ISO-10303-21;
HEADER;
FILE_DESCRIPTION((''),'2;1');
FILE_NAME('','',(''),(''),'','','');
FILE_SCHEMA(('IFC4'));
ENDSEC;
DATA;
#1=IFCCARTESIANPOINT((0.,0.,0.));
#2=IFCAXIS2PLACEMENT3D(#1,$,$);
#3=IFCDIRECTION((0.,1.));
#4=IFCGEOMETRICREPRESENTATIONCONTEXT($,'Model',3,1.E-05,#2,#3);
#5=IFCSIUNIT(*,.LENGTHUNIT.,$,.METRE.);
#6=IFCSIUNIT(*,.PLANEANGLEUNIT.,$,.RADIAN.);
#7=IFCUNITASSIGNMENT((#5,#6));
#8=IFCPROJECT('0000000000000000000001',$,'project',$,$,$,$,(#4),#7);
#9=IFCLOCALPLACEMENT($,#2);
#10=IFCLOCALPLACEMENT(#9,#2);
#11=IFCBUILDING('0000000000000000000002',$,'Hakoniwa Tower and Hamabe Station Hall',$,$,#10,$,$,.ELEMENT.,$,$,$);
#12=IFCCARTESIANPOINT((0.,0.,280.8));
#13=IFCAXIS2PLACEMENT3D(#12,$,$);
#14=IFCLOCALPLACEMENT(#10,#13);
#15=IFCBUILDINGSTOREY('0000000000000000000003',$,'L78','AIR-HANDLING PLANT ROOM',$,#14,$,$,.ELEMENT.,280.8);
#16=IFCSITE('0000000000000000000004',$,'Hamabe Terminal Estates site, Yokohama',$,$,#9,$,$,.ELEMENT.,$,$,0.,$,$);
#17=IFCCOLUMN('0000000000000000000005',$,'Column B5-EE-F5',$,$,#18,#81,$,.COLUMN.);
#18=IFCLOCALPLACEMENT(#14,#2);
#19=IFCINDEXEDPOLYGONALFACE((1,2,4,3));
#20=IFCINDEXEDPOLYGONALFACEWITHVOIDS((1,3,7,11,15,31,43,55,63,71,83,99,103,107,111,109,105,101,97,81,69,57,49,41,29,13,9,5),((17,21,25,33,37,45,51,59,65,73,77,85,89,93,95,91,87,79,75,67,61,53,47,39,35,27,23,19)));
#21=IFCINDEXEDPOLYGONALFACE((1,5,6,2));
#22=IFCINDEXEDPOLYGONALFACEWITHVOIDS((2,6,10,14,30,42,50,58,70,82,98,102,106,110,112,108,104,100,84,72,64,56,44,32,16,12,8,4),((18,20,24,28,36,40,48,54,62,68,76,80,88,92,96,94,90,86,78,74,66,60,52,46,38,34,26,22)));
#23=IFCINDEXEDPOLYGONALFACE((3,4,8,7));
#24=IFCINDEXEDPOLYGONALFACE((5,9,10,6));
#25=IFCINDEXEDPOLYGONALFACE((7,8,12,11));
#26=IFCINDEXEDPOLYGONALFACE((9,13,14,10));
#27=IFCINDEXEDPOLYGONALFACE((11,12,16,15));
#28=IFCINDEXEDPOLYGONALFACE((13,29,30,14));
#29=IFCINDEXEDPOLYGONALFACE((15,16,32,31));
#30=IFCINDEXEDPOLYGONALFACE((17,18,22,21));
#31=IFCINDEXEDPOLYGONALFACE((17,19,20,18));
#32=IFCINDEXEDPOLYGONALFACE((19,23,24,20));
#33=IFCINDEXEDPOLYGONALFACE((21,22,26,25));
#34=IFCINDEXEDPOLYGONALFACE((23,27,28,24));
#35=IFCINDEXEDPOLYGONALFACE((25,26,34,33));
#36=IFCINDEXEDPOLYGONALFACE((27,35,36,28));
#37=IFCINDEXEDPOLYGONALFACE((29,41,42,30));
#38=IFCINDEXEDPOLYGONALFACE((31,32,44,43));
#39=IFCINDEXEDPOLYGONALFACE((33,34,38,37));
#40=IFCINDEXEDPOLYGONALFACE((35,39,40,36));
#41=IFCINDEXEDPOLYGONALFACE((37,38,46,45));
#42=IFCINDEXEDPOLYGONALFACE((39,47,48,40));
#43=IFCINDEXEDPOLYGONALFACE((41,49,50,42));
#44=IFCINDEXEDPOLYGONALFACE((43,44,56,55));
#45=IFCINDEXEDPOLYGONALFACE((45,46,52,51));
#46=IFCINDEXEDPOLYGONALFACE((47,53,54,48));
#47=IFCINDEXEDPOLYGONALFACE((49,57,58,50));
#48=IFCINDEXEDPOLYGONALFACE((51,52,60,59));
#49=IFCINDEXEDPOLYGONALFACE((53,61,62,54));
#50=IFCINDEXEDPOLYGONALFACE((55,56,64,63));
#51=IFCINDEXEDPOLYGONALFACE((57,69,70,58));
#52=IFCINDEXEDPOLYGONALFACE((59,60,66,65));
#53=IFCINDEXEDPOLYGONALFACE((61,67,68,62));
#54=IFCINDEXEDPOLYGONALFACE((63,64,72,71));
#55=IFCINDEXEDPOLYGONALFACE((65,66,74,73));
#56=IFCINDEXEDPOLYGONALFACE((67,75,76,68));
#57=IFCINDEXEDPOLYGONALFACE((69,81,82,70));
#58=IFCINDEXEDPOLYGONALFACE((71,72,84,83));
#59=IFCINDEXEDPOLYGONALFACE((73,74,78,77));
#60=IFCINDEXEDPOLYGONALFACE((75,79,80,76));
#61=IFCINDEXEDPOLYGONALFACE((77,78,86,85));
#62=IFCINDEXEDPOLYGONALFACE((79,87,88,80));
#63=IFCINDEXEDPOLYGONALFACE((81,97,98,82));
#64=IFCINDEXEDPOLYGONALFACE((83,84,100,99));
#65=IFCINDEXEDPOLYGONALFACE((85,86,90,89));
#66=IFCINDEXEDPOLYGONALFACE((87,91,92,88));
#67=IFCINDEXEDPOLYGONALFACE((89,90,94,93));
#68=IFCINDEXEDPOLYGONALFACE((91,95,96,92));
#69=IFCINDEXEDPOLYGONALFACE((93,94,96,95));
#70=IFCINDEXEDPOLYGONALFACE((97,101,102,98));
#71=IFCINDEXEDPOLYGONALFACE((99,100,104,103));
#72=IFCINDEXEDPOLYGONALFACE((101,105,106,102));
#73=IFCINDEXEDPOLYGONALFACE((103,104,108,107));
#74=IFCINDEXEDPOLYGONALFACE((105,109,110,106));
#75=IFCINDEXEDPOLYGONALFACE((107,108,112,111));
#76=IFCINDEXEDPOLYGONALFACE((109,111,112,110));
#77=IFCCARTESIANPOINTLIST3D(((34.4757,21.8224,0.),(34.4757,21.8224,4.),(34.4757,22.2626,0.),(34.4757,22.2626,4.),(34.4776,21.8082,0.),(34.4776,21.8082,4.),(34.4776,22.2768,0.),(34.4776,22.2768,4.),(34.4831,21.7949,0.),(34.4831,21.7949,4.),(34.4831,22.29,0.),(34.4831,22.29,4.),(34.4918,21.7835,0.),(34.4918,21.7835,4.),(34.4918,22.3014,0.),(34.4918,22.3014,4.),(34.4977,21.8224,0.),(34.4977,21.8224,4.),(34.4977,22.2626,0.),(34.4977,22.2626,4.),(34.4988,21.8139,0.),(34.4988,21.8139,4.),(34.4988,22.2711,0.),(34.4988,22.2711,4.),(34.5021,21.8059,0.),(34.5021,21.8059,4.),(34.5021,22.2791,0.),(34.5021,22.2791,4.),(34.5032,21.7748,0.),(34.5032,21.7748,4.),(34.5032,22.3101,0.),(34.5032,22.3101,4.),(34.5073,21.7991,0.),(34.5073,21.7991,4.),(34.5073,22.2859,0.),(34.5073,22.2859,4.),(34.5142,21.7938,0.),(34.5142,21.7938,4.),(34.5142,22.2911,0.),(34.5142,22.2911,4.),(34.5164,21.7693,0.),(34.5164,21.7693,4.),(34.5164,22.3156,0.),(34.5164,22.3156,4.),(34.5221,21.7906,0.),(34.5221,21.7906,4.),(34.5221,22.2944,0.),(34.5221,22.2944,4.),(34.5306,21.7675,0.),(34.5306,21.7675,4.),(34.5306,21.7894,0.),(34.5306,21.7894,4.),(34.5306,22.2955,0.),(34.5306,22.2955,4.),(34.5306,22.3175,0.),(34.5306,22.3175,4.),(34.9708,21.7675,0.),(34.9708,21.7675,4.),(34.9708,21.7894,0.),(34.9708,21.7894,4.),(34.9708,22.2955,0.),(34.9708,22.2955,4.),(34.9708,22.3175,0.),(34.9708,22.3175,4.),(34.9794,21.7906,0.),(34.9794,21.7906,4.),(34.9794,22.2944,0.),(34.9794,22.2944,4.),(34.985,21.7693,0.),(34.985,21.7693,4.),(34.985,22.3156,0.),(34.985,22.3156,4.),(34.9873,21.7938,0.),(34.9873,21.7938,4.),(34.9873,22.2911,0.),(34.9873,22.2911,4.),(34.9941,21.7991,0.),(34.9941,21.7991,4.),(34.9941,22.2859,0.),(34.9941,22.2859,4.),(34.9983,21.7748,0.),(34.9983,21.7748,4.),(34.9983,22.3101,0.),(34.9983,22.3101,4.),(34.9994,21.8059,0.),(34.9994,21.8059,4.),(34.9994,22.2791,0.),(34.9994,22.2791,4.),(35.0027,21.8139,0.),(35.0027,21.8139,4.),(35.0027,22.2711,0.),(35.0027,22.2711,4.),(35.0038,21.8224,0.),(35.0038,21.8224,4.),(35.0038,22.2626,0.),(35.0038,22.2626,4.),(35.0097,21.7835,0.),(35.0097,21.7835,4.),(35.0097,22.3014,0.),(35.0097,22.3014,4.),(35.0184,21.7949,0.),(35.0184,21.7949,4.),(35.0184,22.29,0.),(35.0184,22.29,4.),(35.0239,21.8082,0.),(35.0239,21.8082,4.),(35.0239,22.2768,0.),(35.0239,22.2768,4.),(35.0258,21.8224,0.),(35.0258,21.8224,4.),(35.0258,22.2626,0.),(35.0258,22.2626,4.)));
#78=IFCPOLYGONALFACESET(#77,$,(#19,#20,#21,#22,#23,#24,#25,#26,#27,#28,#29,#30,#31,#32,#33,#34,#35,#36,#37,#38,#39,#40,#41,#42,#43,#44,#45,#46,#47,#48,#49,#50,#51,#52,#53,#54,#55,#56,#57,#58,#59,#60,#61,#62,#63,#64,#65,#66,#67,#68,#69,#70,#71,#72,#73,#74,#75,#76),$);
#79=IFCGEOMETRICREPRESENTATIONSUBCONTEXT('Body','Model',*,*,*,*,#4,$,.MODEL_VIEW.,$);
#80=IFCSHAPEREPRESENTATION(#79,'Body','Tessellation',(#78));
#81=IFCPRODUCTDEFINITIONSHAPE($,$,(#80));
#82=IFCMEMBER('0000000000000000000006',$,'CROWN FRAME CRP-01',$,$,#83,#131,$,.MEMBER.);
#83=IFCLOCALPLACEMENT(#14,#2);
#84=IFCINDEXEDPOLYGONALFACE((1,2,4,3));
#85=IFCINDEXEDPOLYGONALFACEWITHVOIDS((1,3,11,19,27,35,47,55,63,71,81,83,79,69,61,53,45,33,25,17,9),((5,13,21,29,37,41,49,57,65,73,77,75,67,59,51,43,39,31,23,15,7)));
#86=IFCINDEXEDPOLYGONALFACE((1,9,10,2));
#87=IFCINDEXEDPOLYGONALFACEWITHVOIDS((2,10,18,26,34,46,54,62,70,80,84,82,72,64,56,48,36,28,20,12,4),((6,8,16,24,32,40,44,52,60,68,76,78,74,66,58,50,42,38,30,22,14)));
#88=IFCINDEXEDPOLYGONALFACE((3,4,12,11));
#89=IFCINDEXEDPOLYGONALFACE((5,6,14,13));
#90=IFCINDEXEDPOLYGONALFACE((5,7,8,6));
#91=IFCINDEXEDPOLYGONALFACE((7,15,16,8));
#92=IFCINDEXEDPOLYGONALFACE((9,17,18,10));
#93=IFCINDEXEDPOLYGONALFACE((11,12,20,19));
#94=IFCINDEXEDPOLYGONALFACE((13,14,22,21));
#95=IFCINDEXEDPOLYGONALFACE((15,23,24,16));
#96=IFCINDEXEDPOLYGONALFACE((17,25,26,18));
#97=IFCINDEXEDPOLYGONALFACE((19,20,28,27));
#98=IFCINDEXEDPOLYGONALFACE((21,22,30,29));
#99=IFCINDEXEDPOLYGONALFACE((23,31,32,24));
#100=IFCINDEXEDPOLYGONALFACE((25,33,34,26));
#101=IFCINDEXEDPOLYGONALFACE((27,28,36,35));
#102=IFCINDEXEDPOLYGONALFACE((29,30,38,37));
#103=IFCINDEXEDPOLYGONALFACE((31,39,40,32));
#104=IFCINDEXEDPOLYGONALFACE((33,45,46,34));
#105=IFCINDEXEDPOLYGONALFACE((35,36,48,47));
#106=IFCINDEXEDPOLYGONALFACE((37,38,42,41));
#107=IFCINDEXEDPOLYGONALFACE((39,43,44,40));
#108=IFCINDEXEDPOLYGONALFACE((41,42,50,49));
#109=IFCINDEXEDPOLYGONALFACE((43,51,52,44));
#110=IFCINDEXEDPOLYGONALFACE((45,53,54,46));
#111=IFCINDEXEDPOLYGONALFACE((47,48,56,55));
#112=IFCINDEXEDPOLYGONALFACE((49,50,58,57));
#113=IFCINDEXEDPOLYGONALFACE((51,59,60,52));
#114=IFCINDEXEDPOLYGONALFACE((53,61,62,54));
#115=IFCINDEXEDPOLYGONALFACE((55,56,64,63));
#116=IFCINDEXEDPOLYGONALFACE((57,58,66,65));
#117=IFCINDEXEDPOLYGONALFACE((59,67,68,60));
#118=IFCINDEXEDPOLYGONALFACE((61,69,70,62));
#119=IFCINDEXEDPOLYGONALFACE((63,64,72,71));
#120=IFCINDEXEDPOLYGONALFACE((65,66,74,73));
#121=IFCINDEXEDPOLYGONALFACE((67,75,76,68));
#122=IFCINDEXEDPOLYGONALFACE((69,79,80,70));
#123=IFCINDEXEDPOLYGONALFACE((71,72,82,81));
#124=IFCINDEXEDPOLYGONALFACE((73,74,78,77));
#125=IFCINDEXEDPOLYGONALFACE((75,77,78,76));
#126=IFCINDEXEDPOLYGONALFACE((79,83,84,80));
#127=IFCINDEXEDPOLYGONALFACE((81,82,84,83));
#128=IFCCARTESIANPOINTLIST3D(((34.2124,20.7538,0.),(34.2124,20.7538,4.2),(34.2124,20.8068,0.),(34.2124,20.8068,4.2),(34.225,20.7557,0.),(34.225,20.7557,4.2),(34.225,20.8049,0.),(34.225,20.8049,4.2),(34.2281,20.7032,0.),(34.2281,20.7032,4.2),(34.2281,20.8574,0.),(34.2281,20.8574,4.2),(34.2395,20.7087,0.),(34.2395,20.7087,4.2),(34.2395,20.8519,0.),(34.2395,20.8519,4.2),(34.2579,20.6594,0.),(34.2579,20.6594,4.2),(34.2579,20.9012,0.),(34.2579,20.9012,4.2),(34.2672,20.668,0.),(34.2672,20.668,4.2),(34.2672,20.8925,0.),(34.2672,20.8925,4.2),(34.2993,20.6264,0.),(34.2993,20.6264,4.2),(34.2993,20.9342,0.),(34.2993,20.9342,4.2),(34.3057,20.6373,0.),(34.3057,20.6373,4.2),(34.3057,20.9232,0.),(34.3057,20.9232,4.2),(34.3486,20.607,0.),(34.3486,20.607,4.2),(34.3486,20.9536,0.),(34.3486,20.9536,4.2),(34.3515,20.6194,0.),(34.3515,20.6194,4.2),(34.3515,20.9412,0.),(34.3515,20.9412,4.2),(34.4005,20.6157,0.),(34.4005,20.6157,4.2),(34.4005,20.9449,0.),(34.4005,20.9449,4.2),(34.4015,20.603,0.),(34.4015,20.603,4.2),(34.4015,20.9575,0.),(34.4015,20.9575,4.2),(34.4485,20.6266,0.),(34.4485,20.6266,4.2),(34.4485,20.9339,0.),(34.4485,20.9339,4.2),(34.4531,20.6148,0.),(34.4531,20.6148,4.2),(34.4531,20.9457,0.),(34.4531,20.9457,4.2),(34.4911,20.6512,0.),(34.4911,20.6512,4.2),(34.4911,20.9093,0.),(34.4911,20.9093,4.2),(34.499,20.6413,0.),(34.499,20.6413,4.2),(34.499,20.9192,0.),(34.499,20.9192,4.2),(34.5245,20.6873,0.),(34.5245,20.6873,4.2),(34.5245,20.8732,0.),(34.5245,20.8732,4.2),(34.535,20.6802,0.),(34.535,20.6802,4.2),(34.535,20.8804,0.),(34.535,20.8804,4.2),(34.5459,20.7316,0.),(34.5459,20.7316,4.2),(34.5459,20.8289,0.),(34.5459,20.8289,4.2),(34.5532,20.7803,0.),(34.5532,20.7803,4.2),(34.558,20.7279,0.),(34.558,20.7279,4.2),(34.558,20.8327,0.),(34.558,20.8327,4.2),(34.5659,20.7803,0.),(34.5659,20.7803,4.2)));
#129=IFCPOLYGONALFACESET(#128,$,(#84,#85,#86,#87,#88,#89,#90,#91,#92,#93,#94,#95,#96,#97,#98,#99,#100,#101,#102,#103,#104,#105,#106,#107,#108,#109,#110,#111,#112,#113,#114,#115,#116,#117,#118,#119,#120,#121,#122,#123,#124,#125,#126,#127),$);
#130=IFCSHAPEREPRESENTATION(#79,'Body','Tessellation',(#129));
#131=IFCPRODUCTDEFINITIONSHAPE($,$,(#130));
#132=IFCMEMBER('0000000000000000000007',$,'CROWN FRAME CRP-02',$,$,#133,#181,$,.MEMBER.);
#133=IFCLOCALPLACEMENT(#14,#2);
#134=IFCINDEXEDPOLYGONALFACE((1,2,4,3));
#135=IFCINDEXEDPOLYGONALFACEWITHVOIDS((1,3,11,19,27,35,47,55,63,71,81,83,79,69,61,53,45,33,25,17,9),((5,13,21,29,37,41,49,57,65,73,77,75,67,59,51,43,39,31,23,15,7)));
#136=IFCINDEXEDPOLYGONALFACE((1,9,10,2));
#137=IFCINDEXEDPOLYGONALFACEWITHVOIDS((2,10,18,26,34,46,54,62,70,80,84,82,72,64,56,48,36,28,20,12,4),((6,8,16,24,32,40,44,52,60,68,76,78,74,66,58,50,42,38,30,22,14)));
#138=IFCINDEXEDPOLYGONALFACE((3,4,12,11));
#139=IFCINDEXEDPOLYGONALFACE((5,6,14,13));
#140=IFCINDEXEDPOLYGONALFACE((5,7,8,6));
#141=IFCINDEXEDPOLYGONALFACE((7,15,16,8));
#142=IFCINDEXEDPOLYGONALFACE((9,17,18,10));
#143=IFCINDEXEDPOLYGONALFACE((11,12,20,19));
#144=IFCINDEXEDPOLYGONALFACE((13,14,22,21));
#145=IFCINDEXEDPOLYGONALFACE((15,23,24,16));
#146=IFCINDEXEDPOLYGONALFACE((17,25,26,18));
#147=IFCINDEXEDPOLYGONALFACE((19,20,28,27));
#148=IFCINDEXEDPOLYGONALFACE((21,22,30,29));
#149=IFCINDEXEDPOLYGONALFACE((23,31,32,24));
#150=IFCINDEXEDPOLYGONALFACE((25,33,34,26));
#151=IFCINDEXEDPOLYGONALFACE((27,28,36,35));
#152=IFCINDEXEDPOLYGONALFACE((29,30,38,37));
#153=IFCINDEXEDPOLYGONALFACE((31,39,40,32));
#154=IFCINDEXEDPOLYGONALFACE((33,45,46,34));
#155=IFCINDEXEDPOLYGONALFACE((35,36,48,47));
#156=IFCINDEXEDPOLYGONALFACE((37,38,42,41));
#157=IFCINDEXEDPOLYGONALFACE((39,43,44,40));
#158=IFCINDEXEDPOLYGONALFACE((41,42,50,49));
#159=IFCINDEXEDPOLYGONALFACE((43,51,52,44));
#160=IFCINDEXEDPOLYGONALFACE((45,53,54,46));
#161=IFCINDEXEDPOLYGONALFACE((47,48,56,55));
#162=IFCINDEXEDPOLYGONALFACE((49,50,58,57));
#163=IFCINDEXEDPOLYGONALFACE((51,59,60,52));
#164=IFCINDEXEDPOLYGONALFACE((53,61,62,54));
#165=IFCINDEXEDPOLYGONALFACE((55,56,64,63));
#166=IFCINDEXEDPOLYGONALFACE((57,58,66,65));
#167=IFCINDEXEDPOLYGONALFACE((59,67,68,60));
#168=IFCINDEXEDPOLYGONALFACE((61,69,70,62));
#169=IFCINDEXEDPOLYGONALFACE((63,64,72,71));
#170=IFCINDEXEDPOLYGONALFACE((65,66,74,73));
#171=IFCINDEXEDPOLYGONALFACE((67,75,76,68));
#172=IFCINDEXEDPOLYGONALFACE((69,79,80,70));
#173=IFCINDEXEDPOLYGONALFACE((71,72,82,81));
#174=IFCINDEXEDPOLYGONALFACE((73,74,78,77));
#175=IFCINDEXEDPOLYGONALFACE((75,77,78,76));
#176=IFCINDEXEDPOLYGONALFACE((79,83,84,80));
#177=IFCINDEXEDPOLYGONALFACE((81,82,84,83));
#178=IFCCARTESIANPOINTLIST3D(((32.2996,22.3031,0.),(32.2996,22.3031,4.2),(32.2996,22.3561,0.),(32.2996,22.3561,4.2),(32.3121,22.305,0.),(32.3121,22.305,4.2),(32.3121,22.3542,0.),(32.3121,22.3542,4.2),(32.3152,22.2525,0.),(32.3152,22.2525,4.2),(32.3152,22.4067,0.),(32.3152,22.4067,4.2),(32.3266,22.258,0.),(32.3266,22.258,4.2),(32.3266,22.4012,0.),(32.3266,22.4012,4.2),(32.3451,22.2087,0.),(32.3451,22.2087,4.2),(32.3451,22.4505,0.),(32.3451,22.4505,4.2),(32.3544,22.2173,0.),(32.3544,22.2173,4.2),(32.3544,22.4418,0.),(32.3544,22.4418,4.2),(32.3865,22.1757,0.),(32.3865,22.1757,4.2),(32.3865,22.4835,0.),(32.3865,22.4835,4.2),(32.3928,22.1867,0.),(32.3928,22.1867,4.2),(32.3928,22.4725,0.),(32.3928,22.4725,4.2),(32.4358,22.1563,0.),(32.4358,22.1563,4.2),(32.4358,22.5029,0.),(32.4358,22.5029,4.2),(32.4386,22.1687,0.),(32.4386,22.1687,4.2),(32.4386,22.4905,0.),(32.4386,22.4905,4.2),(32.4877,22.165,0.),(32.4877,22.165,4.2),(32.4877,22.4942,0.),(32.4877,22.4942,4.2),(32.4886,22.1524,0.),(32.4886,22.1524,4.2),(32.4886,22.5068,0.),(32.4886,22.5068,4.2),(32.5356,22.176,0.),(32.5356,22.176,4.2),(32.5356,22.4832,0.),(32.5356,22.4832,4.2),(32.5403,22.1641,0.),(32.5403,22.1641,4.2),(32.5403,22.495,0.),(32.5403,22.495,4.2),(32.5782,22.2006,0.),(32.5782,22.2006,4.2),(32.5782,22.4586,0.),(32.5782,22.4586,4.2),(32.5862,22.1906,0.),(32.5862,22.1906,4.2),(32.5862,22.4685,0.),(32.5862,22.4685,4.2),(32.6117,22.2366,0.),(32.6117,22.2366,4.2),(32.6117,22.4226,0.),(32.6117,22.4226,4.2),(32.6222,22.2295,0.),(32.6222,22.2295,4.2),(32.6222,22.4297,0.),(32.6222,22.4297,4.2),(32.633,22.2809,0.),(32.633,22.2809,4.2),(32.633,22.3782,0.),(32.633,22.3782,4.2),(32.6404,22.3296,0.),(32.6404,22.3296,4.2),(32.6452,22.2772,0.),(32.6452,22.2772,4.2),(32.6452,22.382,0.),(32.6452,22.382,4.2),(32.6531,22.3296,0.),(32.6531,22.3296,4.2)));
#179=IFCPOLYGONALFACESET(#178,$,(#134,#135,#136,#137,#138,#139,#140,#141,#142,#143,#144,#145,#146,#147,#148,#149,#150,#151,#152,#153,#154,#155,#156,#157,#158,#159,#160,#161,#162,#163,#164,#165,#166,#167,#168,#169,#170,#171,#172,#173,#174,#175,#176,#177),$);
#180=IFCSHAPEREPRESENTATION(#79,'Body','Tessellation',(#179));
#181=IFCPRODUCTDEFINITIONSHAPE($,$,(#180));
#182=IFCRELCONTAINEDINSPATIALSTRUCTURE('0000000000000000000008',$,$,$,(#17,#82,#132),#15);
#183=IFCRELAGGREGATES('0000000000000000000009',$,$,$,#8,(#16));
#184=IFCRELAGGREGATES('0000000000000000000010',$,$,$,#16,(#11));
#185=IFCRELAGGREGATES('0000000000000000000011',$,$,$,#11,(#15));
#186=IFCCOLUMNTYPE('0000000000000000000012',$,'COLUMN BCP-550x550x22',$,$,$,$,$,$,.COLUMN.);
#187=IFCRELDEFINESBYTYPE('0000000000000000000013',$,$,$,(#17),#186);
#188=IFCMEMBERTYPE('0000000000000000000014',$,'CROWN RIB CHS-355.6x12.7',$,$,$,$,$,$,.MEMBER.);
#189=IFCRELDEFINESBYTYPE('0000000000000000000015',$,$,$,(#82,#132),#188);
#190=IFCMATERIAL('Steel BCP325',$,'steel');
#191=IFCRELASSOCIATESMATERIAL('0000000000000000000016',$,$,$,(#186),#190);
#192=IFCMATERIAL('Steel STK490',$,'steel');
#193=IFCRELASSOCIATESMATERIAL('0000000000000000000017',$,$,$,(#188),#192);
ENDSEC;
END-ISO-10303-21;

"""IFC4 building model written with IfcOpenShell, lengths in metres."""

from ifc_helpers import new_model, si_unit, direction, frame, origin, origin_2d, place, context, subcontext, project, spatial, hollow_rectangle, hollow_circle, extrude, material, material_profile, profile_set, type_object, element, save


model = new_model("IFC4")

# Units and contexts
model_context = context("Model", 3, precision=1e-05, world=origin(), true_north=direction((0.0, 1.0)))
body_context = subcontext(model_context, "Body", "Model", "MODEL_VIEW")
ifc_project = project(units=[si_unit("LENGTHUNIT", "METRE"), si_unit("PLANEANGLEUNIT", "RADIAN")], contexts=[model_context])

# Site, building, storey
site_placement = place(None, origin())
site = spatial("IfcSite", under=ifc_project, at=site_placement, Name="Hamabe Terminal Estates site, Yokohama", CompositionType="ELEMENT", RefElevation=0.0)
building_placement = place(site_placement, origin())
building = spatial("IfcBuilding", under=site, at=building_placement, Name="Hakoniwa Tower and Hamabe Station Hall", CompositionType="ELEMENT")
storey_placement = place(building_placement, frame((0.0, 0.0, 280.8)))
storey = spatial("IfcBuildingStorey", under=building, at=storey_placement, Name="L78", Description="AIR-HANDLING PLANT ROOM", CompositionType="ELEMENT", Elevation=280.8)

# Column
ifc_material_1 = material(Name="Steel BCP325", Category="steel")
ifc_material_profile_1 = material_profile(ifc_material_1, hollow_rectangle(XDim=0.55, YDim=0.55, WallThickness=0.022, InnerFilletRadius=0.033, OuterFilletRadius=0.0549, at=origin_2d()), Name="BCP-550x550x22")
ifc_profile_set_1 = profile_set([ifc_material_profile_1], Name="Steel BCP325")
column_type = type_object("IfcColumnType", Name="COLUMN BCP-550x550x22", PredefinedType="COLUMN", material=ifc_profile_set_1)
for number, where, z_axis, x_axis, name in (
    (1, (34.7507, 22.0425, 0.0), (0.0, 0.0, 1.0), (1.0, 0.0, 0.0), "Column B5-EE-F5"),
):
    element("IfcColumn", number, at=place(storey_placement, frame(where, z_axis=z_axis, x_axis=x_axis)), inside=storey, type_object=column_type, Name=name, PredefinedType="COLUMN", context=body_context, shape_type="SweptSolid", body=[
        extrude(hollow_rectangle(XDim=0.55, YDim=0.55, WallThickness=0.022, InnerFilletRadius=0.033, OuterFilletRadius=0.0549, at=origin_2d()), origin(), (0.0, 0.0, 1.0), 4.0),
    ])

# Members
ifc_material_2 = material(Name="Steel STK490", Category="steel")
ifc_material_profile_2 = material_profile(ifc_material_2, hollow_circle(Radius=0.1777, WallThickness=0.0127, at=origin_2d()), Name="CHS-355.6x12.7")
ifc_profile_set_2 = profile_set([ifc_material_profile_2], Name="Steel STK490")
member_type = type_object("IfcMemberType", Name="CROWN RIB CHS-355.6x12.7", PredefinedType="MEMBER", material=ifc_profile_set_2)
for number, where, z_axis, x_axis, name in (
    (2, (34.3882, 20.7803, 0.0), (0.0, 0.0, 1.0), (1.0, 0.0, 0.0), "CROWN FRAME CRP-01"),
    (3, (32.4753, 22.3296, 0.0), (0.0, 0.0, 1.0), (1.0, 0.0, 0.0), "CROWN FRAME CRP-02"),
):
    element("IfcMember", number, at=place(storey_placement, frame(where, z_axis=z_axis, x_axis=x_axis)), inside=storey, type_object=member_type, Name=name, PredefinedType="MEMBER", context=body_context, shape_type="SweptSolid", body=[
        extrude(hollow_circle(Radius=0.1777, WallThickness=0.0127, at=origin_2d()), origin(), (0.0, 0.0, 1.0), 4.2),
    ])

save(model, "model.ifc")
